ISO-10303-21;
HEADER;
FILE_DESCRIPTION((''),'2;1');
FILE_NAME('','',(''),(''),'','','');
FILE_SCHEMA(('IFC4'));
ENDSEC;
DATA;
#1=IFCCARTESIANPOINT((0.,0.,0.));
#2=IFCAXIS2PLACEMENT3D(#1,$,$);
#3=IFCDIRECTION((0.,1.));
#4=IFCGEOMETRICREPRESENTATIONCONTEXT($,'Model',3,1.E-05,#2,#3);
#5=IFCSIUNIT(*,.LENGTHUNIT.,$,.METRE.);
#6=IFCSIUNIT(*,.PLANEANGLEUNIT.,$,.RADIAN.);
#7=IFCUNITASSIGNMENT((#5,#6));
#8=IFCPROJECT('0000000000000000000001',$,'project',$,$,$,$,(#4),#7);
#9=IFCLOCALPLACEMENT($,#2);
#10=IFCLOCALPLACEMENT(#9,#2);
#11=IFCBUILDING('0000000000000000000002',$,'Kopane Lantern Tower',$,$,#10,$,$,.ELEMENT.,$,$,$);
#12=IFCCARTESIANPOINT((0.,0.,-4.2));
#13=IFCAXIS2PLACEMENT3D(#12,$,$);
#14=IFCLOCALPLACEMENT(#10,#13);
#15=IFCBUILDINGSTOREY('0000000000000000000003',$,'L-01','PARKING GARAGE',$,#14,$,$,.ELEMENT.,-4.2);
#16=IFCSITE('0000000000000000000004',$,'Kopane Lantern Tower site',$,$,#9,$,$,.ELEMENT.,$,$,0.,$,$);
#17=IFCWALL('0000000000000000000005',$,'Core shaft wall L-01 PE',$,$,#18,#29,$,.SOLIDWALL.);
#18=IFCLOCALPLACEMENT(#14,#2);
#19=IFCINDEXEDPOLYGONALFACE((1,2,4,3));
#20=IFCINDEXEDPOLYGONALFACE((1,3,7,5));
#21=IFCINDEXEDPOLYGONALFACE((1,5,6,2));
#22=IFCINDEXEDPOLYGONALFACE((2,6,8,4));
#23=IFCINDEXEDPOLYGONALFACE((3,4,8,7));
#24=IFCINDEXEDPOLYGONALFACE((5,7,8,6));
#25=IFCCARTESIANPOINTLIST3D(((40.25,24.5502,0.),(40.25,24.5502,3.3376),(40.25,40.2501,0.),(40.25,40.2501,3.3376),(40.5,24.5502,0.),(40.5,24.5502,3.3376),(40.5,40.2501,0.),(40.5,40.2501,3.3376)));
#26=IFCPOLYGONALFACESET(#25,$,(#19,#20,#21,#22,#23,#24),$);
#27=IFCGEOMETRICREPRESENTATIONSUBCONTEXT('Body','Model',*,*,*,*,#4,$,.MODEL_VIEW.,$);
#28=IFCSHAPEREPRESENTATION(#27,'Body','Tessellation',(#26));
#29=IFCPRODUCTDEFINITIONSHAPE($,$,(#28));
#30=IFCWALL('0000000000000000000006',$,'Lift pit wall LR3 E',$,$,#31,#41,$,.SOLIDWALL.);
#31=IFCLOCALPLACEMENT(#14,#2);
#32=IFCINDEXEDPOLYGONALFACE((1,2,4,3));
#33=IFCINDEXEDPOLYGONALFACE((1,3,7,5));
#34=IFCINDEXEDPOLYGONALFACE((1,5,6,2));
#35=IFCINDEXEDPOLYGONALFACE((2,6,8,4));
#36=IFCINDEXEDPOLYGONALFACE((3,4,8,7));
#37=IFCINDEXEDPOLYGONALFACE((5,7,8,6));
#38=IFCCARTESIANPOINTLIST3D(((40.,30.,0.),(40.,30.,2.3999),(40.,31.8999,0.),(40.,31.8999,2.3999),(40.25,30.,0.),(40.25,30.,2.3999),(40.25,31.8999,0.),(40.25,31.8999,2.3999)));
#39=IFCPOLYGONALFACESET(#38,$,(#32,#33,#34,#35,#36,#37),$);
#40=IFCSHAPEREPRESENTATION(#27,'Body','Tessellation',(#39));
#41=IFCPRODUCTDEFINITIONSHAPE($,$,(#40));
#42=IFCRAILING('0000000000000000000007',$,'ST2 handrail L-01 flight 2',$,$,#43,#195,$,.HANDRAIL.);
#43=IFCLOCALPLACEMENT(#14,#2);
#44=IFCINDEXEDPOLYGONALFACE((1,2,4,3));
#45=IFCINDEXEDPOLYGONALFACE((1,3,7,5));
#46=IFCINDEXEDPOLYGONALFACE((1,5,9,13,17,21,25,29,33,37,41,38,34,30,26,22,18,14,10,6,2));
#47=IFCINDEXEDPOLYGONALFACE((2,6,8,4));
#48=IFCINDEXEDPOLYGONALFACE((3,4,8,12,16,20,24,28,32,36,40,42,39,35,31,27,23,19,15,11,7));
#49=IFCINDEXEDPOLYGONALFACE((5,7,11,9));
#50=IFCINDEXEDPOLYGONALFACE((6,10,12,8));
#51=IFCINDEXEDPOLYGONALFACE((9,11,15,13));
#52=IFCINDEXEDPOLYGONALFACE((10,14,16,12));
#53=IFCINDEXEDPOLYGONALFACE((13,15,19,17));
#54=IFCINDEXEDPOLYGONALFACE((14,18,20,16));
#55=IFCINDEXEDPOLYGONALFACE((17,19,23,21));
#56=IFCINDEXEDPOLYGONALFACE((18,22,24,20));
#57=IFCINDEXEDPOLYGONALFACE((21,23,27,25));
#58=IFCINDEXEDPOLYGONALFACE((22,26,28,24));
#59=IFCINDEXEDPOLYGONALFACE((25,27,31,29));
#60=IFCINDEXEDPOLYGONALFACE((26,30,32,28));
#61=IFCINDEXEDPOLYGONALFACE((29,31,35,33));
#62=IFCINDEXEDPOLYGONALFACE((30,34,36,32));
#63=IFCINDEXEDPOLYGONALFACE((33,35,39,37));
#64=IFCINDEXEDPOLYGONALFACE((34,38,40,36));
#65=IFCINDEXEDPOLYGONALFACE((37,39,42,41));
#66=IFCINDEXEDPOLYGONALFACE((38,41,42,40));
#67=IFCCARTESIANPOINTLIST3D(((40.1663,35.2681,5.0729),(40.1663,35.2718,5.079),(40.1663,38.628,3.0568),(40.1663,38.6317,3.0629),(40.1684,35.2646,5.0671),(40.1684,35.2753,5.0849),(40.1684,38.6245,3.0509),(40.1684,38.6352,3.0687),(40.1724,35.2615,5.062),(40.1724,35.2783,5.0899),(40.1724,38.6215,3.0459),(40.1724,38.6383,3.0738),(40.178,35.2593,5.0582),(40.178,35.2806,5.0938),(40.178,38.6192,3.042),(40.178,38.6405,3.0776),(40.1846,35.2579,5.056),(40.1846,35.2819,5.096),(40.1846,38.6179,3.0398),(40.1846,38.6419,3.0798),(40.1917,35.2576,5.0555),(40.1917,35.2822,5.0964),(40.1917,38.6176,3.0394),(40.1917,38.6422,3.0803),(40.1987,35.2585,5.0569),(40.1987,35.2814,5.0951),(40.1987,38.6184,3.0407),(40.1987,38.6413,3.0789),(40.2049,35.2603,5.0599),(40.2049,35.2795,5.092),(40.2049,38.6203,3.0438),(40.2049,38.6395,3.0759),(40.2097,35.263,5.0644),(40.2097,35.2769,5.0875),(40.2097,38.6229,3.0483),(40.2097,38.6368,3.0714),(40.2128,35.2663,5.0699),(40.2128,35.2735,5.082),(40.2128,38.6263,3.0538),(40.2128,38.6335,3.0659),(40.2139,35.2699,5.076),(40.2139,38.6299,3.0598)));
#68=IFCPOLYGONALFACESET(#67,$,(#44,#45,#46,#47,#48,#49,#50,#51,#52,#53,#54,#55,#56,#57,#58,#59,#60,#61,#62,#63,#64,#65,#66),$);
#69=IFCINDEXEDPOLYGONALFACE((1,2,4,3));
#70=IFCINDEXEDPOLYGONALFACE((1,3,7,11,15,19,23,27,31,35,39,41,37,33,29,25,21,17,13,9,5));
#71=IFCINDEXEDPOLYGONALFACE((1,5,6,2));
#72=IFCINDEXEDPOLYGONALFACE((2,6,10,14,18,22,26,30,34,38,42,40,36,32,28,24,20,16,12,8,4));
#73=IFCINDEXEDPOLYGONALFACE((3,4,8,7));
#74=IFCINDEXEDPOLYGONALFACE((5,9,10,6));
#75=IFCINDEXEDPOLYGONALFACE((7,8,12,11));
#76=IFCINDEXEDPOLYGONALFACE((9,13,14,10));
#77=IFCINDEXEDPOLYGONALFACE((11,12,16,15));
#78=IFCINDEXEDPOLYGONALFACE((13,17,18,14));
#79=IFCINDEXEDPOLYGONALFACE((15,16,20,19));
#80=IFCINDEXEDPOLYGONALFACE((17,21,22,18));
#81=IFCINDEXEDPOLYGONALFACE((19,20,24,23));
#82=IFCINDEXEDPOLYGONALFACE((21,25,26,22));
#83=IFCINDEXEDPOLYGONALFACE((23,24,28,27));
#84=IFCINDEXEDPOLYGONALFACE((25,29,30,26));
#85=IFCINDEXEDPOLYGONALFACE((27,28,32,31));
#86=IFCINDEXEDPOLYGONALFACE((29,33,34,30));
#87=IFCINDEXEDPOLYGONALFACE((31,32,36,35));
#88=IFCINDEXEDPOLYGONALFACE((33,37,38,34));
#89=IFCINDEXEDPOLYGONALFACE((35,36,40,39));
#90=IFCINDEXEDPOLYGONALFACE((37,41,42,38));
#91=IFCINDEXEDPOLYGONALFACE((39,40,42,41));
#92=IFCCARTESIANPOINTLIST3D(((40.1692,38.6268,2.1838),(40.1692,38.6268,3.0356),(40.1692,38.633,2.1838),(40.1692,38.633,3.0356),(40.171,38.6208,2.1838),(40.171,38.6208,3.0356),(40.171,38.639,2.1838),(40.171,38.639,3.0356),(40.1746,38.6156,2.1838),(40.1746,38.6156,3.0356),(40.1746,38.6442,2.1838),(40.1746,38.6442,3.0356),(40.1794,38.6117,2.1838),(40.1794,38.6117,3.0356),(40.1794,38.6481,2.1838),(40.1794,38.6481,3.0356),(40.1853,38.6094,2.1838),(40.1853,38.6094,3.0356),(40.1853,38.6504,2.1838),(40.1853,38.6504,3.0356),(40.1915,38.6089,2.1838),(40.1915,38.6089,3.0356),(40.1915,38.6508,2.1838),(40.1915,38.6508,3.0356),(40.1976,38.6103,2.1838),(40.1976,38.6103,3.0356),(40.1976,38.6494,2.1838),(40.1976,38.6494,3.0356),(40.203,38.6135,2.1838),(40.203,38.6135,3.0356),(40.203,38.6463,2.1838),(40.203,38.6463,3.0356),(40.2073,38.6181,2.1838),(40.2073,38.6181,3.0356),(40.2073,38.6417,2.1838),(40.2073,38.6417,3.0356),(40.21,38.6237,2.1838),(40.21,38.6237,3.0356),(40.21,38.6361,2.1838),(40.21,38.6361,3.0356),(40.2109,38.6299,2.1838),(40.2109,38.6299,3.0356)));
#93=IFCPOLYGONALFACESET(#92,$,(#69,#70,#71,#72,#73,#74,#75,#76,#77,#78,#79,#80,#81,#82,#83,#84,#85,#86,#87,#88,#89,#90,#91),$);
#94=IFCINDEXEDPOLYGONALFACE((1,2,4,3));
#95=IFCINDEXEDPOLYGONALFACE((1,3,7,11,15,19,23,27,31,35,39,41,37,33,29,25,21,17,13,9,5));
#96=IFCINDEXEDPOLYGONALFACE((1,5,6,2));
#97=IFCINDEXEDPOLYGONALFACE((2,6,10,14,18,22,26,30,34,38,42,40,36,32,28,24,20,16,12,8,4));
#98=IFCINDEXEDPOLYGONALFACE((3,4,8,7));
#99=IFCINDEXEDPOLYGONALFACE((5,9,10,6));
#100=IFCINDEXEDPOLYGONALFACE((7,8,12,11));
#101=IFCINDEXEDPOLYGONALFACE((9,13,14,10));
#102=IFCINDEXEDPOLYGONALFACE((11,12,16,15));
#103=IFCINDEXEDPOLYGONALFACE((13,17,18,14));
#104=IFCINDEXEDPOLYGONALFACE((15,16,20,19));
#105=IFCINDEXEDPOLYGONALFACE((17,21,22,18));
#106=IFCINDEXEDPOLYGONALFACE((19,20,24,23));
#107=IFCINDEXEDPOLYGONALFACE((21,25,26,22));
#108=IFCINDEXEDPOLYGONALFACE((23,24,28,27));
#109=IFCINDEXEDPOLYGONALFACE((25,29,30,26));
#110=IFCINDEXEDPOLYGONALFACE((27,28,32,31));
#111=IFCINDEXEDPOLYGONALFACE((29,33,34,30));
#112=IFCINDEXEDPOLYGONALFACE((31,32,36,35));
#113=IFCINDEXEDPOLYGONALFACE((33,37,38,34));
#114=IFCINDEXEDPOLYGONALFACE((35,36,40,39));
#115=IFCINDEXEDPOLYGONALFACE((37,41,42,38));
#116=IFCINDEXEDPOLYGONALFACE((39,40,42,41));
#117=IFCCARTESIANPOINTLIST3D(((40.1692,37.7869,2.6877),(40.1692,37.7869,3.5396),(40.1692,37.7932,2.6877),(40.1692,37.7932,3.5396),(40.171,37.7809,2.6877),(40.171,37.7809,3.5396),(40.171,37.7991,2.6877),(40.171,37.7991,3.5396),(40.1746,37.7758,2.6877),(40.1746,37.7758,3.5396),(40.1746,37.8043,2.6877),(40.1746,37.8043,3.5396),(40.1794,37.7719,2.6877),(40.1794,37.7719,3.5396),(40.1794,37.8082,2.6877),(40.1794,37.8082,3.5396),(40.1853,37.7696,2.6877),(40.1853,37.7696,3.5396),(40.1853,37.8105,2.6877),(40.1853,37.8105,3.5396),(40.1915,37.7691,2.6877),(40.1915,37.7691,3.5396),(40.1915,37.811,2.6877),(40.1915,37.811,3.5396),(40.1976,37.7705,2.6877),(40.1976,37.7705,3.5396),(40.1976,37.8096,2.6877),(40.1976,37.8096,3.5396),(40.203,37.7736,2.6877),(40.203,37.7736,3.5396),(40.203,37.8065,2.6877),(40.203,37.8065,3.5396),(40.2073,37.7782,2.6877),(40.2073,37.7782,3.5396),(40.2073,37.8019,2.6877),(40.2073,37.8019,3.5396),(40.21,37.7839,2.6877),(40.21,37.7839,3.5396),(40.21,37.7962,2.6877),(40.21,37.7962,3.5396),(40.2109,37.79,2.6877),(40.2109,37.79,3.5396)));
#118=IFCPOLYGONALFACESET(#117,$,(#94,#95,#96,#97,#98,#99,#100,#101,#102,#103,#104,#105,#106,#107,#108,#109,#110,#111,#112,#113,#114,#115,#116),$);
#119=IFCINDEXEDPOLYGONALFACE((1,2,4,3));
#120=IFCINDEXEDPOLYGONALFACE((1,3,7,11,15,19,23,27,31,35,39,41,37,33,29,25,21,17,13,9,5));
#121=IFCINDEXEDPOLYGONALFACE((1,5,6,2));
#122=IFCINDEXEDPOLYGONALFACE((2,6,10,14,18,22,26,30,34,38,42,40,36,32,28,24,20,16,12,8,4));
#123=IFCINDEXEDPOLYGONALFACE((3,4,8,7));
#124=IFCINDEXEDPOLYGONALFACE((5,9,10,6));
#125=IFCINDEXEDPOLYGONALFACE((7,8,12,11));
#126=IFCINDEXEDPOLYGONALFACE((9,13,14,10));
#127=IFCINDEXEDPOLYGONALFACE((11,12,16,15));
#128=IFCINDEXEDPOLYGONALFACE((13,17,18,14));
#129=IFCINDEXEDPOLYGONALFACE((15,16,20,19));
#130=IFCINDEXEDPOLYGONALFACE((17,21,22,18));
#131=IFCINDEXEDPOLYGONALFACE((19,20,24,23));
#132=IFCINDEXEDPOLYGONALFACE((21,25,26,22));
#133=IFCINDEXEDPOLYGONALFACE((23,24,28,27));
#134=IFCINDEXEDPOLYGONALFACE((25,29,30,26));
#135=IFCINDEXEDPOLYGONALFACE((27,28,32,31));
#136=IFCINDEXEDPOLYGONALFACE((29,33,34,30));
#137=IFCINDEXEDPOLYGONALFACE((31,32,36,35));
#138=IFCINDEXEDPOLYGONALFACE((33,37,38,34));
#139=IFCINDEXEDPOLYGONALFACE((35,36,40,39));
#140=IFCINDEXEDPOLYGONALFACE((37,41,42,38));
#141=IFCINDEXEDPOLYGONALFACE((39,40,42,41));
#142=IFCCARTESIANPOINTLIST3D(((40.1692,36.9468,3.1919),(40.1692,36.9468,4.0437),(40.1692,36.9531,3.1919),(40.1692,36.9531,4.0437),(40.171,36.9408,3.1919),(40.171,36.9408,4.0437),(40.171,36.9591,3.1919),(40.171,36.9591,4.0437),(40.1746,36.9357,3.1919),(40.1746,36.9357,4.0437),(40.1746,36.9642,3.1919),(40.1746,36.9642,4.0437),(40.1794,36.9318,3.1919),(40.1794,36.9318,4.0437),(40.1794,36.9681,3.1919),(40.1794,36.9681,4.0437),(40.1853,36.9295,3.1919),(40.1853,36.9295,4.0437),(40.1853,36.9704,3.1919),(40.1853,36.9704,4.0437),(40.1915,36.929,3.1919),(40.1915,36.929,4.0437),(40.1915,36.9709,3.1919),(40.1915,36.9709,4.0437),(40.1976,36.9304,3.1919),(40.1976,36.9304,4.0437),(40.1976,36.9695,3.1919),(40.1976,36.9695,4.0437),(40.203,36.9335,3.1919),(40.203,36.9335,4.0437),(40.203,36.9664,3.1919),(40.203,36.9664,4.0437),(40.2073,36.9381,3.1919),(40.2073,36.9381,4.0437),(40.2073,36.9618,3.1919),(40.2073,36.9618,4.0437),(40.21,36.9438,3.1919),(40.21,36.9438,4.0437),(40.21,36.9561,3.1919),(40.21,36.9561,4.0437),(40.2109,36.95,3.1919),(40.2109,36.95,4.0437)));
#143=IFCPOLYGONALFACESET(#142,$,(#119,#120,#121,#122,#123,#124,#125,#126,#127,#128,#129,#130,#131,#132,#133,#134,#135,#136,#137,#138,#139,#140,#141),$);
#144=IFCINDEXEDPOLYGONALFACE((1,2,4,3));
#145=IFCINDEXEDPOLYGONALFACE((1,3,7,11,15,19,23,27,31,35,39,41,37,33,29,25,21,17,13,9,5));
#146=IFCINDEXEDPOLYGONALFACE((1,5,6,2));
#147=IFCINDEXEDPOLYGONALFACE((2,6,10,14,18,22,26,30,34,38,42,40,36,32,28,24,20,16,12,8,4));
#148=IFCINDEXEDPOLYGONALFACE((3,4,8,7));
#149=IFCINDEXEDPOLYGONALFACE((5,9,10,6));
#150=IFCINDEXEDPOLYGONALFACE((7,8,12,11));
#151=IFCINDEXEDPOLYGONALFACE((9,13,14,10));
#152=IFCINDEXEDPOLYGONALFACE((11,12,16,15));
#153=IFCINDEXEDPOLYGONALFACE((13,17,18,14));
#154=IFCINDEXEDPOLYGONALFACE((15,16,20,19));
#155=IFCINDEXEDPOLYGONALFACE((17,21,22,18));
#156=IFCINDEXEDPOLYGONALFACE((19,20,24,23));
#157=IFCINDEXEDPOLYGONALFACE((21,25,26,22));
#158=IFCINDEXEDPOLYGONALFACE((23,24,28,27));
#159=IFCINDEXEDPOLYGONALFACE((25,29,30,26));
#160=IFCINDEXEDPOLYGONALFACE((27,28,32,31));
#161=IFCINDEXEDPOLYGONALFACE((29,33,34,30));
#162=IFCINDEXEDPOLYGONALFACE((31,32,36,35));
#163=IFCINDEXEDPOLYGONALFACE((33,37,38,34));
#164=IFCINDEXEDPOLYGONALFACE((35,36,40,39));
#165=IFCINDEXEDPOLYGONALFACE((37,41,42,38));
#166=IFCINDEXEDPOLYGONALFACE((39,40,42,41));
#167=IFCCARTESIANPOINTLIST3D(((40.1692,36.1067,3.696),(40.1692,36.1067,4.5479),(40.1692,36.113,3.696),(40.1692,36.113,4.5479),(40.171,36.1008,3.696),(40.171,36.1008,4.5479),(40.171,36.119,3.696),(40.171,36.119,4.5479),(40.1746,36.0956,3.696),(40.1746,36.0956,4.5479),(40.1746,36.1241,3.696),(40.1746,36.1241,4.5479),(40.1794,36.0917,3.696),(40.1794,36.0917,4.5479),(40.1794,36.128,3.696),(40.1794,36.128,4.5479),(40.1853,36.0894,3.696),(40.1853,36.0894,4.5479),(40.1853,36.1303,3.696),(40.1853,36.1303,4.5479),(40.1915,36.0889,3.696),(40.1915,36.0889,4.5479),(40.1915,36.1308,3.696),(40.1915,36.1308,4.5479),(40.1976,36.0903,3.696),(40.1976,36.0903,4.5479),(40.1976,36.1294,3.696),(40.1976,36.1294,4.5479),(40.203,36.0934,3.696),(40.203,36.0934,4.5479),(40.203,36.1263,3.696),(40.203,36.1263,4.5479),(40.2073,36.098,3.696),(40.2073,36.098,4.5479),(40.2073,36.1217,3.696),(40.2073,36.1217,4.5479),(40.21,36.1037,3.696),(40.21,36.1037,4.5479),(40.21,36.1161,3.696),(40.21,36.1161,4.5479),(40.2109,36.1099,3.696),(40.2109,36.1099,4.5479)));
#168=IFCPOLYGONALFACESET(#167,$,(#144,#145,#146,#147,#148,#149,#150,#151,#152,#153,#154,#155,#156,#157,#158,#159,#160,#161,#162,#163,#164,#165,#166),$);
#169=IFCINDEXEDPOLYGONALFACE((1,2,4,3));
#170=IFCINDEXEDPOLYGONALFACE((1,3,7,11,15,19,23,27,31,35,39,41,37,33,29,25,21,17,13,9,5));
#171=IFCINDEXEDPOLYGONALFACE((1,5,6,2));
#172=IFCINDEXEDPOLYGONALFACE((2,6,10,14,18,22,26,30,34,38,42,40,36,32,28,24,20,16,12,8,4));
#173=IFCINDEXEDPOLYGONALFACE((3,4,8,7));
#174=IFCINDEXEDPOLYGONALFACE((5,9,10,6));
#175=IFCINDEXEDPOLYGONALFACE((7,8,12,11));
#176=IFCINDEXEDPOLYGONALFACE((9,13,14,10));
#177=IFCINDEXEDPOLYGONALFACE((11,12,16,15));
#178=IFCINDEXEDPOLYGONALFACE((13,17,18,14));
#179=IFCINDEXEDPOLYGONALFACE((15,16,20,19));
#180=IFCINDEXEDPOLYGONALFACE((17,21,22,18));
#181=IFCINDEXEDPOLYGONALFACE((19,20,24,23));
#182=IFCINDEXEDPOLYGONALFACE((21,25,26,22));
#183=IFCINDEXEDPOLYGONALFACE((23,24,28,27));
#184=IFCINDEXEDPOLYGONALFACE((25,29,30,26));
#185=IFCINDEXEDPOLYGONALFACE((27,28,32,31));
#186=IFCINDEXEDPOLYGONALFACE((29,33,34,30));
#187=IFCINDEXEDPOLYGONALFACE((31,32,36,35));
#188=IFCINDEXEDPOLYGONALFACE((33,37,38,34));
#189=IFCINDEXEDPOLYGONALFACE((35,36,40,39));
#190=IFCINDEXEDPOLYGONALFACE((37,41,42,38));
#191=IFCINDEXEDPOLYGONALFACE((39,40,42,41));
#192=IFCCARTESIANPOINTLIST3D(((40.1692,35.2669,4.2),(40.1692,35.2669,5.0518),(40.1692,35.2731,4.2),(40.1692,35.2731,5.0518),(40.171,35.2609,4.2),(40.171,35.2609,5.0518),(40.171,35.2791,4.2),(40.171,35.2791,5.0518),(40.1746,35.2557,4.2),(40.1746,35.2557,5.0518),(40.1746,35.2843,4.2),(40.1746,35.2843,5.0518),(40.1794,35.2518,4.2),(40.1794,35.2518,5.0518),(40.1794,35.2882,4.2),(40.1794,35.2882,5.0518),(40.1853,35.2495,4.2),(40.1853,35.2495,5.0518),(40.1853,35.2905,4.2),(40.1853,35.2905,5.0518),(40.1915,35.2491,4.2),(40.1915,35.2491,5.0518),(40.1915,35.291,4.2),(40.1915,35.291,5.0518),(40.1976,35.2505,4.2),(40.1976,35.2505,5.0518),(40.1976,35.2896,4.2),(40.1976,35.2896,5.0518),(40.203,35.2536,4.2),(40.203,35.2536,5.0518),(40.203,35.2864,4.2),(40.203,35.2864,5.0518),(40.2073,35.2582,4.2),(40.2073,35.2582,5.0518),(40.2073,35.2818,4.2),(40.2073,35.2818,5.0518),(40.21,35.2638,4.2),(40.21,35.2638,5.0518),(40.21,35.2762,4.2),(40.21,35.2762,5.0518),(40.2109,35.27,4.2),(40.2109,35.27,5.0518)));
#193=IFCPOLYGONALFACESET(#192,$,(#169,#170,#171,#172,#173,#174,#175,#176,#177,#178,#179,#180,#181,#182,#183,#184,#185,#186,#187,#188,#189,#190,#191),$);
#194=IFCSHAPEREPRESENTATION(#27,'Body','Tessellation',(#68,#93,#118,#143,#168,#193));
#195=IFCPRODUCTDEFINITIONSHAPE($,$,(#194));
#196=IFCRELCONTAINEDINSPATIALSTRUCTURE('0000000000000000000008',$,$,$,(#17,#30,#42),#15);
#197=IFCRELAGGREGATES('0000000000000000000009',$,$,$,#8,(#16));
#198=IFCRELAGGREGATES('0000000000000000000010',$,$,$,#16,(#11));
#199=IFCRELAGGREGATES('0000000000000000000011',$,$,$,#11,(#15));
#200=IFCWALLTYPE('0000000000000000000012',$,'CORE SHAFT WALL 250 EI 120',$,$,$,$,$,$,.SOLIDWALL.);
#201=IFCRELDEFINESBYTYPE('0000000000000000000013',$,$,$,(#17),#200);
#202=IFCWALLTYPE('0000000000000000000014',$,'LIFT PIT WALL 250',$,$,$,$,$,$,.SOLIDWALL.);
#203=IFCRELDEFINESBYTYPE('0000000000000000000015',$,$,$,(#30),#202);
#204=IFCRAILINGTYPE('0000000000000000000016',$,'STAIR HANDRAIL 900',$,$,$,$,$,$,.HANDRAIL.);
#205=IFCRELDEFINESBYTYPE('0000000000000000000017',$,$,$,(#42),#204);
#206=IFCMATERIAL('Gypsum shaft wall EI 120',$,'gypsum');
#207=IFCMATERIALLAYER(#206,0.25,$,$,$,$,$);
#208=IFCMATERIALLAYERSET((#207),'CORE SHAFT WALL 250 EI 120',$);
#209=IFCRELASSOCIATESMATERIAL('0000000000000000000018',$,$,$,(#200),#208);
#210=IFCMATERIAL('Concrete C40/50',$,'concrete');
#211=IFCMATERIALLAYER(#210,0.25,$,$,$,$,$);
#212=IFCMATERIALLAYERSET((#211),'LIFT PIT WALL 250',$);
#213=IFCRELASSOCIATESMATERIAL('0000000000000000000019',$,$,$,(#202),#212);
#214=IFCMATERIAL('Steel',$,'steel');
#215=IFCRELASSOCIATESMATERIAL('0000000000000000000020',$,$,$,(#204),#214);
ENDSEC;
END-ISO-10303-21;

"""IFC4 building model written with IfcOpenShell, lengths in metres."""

from ifc_helpers import new_model, si_unit, direction, frame, frame_2d, origin, origin_2d, place, context, subcontext, project, spatial, rectangle, circle, extrude, material, layer, layer_set, type_object, element, save


model = new_model("IFC4")

# Units and contexts
model_context = context("Model", 3, precision=1e-05, world=origin(), true_north=direction((0.0, 1.0)))
body_context = subcontext(model_context, "Body", "Model", "MODEL_VIEW")
ifc_project = project(units=[si_unit("LENGTHUNIT", "METRE"), si_unit("PLANEANGLEUNIT", "RADIAN")], contexts=[model_context])

# Site, building, storey
site_placement = place(None, origin())
site = spatial("IfcSite", under=ifc_project, at=site_placement, Name="Kopane Lantern Tower site", CompositionType="ELEMENT", RefElevation=0.0)
building_placement = place(site_placement, origin())
building = spatial("IfcBuilding", under=site, at=building_placement, Name="Kopane Lantern Tower", CompositionType="ELEMENT")
storey_placement = place(building_placement, frame((0.0, 0.0, -4.2)))
storey = spatial("IfcBuildingStorey", under=building, at=storey_placement, Name="L-01", Description="PARKING GARAGE", CompositionType="ELEMENT", Elevation=-4.2)

# Walls
ifc_material_1 = material(Name="Gypsum shaft wall EI 120", Category="gypsum")
ifc_layer_1 = layer(ifc_material_1, 0.25)
ifc_layer_set_1 = layer_set([ifc_layer_1], Name="CORE SHAFT WALL 250 EI 120")
wall_type_1 = type_object("IfcWallType", Name="CORE SHAFT WALL 250 EI 120", PredefinedType="SOLIDWALL", material=ifc_layer_set_1)
wall_1_placement = place(storey_placement, frame((40.375, 24.55, 0.0), z_axis=(0.0, 0.0, 1.0), x_axis=(0.0, 1.0, 0.0)))
element("IfcWall", 1, at=wall_1_placement, inside=storey, type_object=wall_type_1, Name="Core shaft wall L-01 PE", PredefinedType="SOLIDWALL", context=body_context, shape_type="SweptSolid", body=[
    extrude(rectangle(XDim=15.7, YDim=0.25, at=frame_2d((7.8501, 0.0))), origin(), (0.0, 0.0, 1.0), 3.3376),
])
ifc_material_2 = material(Name="Concrete C40/50", Category="concrete")
ifc_layer_2 = layer(ifc_material_2, 0.25)
ifc_layer_set_2 = layer_set([ifc_layer_2], Name="LIFT PIT WALL 250")
wall_type_2 = type_object("IfcWallType", Name="LIFT PIT WALL 250", PredefinedType="SOLIDWALL", material=ifc_layer_set_2)
wall_2_placement = place(storey_placement, frame((40.125, 30.0, 0.0), z_axis=(0.0, 0.0, 1.0), x_axis=(0.0, 1.0, 0.0)))
element("IfcWall", 2, at=wall_2_placement, inside=storey, type_object=wall_type_2, Name="Lift pit wall LR3 E", PredefinedType="SOLIDWALL", context=body_context, shape_type="SweptSolid", body=[
    extrude(rectangle(XDim=1.8999, YDim=0.25, at=frame_2d((0.95, 0.0))), origin(), (0.0, 0.0, 1.0), 2.3999),
])

# Railing
ifc_material_3 = material(Name="Steel", Category="steel")
railing_type = type_object("IfcRailingType", Name="STAIR HANDRAIL 900", PredefinedType="HANDRAIL", material=ifc_material_3)
railing_placement = place(storey_placement, frame((40.1899, 38.6299, 2.1838)))
element("IfcRailing", 3, at=railing_placement, inside=storey, type_object=railing_type, Name="ST2 handrail L-01 flight 2", PredefinedType="HANDRAIL", context=body_context, shape_type="SweptSolid", body=[
    extrude(circle(Radius=0.0239, at=origin_2d()), frame((0.0, 0.0, 0.876), z_axis=(0.0, -0.857471, 0.514532), x_axis=(1.0, 0.0, 0.0)), (0.0, 0.0, 1.0), 3.9185),
    extrude(circle(Radius=0.021, at=origin_2d()), origin(), (0.0, 0.0, 1.0), 0.8518),
    extrude(circle(Radius=0.021, at=origin_2d()), frame((0.0, -0.8398, 0.5039)), (0.0, 0.0, 1.0), 0.8518),
    extrude(circle(Radius=0.021, at=origin_2d()), frame((0.0, -1.6799, 1.0081)), (0.0, 0.0, 1.0), 0.8518),
    extrude(circle(Radius=0.021, at=origin_2d()), frame((0.0, -2.52, 1.5122)), (0.0, 0.0, 1.0), 0.8518),
    extrude(circle(Radius=0.021, at=origin_2d()), frame((0.0, -3.3599, 2.0161)), (0.0, 0.0, 1.0), 0.8518),
])

save(model, "model.ifc")
